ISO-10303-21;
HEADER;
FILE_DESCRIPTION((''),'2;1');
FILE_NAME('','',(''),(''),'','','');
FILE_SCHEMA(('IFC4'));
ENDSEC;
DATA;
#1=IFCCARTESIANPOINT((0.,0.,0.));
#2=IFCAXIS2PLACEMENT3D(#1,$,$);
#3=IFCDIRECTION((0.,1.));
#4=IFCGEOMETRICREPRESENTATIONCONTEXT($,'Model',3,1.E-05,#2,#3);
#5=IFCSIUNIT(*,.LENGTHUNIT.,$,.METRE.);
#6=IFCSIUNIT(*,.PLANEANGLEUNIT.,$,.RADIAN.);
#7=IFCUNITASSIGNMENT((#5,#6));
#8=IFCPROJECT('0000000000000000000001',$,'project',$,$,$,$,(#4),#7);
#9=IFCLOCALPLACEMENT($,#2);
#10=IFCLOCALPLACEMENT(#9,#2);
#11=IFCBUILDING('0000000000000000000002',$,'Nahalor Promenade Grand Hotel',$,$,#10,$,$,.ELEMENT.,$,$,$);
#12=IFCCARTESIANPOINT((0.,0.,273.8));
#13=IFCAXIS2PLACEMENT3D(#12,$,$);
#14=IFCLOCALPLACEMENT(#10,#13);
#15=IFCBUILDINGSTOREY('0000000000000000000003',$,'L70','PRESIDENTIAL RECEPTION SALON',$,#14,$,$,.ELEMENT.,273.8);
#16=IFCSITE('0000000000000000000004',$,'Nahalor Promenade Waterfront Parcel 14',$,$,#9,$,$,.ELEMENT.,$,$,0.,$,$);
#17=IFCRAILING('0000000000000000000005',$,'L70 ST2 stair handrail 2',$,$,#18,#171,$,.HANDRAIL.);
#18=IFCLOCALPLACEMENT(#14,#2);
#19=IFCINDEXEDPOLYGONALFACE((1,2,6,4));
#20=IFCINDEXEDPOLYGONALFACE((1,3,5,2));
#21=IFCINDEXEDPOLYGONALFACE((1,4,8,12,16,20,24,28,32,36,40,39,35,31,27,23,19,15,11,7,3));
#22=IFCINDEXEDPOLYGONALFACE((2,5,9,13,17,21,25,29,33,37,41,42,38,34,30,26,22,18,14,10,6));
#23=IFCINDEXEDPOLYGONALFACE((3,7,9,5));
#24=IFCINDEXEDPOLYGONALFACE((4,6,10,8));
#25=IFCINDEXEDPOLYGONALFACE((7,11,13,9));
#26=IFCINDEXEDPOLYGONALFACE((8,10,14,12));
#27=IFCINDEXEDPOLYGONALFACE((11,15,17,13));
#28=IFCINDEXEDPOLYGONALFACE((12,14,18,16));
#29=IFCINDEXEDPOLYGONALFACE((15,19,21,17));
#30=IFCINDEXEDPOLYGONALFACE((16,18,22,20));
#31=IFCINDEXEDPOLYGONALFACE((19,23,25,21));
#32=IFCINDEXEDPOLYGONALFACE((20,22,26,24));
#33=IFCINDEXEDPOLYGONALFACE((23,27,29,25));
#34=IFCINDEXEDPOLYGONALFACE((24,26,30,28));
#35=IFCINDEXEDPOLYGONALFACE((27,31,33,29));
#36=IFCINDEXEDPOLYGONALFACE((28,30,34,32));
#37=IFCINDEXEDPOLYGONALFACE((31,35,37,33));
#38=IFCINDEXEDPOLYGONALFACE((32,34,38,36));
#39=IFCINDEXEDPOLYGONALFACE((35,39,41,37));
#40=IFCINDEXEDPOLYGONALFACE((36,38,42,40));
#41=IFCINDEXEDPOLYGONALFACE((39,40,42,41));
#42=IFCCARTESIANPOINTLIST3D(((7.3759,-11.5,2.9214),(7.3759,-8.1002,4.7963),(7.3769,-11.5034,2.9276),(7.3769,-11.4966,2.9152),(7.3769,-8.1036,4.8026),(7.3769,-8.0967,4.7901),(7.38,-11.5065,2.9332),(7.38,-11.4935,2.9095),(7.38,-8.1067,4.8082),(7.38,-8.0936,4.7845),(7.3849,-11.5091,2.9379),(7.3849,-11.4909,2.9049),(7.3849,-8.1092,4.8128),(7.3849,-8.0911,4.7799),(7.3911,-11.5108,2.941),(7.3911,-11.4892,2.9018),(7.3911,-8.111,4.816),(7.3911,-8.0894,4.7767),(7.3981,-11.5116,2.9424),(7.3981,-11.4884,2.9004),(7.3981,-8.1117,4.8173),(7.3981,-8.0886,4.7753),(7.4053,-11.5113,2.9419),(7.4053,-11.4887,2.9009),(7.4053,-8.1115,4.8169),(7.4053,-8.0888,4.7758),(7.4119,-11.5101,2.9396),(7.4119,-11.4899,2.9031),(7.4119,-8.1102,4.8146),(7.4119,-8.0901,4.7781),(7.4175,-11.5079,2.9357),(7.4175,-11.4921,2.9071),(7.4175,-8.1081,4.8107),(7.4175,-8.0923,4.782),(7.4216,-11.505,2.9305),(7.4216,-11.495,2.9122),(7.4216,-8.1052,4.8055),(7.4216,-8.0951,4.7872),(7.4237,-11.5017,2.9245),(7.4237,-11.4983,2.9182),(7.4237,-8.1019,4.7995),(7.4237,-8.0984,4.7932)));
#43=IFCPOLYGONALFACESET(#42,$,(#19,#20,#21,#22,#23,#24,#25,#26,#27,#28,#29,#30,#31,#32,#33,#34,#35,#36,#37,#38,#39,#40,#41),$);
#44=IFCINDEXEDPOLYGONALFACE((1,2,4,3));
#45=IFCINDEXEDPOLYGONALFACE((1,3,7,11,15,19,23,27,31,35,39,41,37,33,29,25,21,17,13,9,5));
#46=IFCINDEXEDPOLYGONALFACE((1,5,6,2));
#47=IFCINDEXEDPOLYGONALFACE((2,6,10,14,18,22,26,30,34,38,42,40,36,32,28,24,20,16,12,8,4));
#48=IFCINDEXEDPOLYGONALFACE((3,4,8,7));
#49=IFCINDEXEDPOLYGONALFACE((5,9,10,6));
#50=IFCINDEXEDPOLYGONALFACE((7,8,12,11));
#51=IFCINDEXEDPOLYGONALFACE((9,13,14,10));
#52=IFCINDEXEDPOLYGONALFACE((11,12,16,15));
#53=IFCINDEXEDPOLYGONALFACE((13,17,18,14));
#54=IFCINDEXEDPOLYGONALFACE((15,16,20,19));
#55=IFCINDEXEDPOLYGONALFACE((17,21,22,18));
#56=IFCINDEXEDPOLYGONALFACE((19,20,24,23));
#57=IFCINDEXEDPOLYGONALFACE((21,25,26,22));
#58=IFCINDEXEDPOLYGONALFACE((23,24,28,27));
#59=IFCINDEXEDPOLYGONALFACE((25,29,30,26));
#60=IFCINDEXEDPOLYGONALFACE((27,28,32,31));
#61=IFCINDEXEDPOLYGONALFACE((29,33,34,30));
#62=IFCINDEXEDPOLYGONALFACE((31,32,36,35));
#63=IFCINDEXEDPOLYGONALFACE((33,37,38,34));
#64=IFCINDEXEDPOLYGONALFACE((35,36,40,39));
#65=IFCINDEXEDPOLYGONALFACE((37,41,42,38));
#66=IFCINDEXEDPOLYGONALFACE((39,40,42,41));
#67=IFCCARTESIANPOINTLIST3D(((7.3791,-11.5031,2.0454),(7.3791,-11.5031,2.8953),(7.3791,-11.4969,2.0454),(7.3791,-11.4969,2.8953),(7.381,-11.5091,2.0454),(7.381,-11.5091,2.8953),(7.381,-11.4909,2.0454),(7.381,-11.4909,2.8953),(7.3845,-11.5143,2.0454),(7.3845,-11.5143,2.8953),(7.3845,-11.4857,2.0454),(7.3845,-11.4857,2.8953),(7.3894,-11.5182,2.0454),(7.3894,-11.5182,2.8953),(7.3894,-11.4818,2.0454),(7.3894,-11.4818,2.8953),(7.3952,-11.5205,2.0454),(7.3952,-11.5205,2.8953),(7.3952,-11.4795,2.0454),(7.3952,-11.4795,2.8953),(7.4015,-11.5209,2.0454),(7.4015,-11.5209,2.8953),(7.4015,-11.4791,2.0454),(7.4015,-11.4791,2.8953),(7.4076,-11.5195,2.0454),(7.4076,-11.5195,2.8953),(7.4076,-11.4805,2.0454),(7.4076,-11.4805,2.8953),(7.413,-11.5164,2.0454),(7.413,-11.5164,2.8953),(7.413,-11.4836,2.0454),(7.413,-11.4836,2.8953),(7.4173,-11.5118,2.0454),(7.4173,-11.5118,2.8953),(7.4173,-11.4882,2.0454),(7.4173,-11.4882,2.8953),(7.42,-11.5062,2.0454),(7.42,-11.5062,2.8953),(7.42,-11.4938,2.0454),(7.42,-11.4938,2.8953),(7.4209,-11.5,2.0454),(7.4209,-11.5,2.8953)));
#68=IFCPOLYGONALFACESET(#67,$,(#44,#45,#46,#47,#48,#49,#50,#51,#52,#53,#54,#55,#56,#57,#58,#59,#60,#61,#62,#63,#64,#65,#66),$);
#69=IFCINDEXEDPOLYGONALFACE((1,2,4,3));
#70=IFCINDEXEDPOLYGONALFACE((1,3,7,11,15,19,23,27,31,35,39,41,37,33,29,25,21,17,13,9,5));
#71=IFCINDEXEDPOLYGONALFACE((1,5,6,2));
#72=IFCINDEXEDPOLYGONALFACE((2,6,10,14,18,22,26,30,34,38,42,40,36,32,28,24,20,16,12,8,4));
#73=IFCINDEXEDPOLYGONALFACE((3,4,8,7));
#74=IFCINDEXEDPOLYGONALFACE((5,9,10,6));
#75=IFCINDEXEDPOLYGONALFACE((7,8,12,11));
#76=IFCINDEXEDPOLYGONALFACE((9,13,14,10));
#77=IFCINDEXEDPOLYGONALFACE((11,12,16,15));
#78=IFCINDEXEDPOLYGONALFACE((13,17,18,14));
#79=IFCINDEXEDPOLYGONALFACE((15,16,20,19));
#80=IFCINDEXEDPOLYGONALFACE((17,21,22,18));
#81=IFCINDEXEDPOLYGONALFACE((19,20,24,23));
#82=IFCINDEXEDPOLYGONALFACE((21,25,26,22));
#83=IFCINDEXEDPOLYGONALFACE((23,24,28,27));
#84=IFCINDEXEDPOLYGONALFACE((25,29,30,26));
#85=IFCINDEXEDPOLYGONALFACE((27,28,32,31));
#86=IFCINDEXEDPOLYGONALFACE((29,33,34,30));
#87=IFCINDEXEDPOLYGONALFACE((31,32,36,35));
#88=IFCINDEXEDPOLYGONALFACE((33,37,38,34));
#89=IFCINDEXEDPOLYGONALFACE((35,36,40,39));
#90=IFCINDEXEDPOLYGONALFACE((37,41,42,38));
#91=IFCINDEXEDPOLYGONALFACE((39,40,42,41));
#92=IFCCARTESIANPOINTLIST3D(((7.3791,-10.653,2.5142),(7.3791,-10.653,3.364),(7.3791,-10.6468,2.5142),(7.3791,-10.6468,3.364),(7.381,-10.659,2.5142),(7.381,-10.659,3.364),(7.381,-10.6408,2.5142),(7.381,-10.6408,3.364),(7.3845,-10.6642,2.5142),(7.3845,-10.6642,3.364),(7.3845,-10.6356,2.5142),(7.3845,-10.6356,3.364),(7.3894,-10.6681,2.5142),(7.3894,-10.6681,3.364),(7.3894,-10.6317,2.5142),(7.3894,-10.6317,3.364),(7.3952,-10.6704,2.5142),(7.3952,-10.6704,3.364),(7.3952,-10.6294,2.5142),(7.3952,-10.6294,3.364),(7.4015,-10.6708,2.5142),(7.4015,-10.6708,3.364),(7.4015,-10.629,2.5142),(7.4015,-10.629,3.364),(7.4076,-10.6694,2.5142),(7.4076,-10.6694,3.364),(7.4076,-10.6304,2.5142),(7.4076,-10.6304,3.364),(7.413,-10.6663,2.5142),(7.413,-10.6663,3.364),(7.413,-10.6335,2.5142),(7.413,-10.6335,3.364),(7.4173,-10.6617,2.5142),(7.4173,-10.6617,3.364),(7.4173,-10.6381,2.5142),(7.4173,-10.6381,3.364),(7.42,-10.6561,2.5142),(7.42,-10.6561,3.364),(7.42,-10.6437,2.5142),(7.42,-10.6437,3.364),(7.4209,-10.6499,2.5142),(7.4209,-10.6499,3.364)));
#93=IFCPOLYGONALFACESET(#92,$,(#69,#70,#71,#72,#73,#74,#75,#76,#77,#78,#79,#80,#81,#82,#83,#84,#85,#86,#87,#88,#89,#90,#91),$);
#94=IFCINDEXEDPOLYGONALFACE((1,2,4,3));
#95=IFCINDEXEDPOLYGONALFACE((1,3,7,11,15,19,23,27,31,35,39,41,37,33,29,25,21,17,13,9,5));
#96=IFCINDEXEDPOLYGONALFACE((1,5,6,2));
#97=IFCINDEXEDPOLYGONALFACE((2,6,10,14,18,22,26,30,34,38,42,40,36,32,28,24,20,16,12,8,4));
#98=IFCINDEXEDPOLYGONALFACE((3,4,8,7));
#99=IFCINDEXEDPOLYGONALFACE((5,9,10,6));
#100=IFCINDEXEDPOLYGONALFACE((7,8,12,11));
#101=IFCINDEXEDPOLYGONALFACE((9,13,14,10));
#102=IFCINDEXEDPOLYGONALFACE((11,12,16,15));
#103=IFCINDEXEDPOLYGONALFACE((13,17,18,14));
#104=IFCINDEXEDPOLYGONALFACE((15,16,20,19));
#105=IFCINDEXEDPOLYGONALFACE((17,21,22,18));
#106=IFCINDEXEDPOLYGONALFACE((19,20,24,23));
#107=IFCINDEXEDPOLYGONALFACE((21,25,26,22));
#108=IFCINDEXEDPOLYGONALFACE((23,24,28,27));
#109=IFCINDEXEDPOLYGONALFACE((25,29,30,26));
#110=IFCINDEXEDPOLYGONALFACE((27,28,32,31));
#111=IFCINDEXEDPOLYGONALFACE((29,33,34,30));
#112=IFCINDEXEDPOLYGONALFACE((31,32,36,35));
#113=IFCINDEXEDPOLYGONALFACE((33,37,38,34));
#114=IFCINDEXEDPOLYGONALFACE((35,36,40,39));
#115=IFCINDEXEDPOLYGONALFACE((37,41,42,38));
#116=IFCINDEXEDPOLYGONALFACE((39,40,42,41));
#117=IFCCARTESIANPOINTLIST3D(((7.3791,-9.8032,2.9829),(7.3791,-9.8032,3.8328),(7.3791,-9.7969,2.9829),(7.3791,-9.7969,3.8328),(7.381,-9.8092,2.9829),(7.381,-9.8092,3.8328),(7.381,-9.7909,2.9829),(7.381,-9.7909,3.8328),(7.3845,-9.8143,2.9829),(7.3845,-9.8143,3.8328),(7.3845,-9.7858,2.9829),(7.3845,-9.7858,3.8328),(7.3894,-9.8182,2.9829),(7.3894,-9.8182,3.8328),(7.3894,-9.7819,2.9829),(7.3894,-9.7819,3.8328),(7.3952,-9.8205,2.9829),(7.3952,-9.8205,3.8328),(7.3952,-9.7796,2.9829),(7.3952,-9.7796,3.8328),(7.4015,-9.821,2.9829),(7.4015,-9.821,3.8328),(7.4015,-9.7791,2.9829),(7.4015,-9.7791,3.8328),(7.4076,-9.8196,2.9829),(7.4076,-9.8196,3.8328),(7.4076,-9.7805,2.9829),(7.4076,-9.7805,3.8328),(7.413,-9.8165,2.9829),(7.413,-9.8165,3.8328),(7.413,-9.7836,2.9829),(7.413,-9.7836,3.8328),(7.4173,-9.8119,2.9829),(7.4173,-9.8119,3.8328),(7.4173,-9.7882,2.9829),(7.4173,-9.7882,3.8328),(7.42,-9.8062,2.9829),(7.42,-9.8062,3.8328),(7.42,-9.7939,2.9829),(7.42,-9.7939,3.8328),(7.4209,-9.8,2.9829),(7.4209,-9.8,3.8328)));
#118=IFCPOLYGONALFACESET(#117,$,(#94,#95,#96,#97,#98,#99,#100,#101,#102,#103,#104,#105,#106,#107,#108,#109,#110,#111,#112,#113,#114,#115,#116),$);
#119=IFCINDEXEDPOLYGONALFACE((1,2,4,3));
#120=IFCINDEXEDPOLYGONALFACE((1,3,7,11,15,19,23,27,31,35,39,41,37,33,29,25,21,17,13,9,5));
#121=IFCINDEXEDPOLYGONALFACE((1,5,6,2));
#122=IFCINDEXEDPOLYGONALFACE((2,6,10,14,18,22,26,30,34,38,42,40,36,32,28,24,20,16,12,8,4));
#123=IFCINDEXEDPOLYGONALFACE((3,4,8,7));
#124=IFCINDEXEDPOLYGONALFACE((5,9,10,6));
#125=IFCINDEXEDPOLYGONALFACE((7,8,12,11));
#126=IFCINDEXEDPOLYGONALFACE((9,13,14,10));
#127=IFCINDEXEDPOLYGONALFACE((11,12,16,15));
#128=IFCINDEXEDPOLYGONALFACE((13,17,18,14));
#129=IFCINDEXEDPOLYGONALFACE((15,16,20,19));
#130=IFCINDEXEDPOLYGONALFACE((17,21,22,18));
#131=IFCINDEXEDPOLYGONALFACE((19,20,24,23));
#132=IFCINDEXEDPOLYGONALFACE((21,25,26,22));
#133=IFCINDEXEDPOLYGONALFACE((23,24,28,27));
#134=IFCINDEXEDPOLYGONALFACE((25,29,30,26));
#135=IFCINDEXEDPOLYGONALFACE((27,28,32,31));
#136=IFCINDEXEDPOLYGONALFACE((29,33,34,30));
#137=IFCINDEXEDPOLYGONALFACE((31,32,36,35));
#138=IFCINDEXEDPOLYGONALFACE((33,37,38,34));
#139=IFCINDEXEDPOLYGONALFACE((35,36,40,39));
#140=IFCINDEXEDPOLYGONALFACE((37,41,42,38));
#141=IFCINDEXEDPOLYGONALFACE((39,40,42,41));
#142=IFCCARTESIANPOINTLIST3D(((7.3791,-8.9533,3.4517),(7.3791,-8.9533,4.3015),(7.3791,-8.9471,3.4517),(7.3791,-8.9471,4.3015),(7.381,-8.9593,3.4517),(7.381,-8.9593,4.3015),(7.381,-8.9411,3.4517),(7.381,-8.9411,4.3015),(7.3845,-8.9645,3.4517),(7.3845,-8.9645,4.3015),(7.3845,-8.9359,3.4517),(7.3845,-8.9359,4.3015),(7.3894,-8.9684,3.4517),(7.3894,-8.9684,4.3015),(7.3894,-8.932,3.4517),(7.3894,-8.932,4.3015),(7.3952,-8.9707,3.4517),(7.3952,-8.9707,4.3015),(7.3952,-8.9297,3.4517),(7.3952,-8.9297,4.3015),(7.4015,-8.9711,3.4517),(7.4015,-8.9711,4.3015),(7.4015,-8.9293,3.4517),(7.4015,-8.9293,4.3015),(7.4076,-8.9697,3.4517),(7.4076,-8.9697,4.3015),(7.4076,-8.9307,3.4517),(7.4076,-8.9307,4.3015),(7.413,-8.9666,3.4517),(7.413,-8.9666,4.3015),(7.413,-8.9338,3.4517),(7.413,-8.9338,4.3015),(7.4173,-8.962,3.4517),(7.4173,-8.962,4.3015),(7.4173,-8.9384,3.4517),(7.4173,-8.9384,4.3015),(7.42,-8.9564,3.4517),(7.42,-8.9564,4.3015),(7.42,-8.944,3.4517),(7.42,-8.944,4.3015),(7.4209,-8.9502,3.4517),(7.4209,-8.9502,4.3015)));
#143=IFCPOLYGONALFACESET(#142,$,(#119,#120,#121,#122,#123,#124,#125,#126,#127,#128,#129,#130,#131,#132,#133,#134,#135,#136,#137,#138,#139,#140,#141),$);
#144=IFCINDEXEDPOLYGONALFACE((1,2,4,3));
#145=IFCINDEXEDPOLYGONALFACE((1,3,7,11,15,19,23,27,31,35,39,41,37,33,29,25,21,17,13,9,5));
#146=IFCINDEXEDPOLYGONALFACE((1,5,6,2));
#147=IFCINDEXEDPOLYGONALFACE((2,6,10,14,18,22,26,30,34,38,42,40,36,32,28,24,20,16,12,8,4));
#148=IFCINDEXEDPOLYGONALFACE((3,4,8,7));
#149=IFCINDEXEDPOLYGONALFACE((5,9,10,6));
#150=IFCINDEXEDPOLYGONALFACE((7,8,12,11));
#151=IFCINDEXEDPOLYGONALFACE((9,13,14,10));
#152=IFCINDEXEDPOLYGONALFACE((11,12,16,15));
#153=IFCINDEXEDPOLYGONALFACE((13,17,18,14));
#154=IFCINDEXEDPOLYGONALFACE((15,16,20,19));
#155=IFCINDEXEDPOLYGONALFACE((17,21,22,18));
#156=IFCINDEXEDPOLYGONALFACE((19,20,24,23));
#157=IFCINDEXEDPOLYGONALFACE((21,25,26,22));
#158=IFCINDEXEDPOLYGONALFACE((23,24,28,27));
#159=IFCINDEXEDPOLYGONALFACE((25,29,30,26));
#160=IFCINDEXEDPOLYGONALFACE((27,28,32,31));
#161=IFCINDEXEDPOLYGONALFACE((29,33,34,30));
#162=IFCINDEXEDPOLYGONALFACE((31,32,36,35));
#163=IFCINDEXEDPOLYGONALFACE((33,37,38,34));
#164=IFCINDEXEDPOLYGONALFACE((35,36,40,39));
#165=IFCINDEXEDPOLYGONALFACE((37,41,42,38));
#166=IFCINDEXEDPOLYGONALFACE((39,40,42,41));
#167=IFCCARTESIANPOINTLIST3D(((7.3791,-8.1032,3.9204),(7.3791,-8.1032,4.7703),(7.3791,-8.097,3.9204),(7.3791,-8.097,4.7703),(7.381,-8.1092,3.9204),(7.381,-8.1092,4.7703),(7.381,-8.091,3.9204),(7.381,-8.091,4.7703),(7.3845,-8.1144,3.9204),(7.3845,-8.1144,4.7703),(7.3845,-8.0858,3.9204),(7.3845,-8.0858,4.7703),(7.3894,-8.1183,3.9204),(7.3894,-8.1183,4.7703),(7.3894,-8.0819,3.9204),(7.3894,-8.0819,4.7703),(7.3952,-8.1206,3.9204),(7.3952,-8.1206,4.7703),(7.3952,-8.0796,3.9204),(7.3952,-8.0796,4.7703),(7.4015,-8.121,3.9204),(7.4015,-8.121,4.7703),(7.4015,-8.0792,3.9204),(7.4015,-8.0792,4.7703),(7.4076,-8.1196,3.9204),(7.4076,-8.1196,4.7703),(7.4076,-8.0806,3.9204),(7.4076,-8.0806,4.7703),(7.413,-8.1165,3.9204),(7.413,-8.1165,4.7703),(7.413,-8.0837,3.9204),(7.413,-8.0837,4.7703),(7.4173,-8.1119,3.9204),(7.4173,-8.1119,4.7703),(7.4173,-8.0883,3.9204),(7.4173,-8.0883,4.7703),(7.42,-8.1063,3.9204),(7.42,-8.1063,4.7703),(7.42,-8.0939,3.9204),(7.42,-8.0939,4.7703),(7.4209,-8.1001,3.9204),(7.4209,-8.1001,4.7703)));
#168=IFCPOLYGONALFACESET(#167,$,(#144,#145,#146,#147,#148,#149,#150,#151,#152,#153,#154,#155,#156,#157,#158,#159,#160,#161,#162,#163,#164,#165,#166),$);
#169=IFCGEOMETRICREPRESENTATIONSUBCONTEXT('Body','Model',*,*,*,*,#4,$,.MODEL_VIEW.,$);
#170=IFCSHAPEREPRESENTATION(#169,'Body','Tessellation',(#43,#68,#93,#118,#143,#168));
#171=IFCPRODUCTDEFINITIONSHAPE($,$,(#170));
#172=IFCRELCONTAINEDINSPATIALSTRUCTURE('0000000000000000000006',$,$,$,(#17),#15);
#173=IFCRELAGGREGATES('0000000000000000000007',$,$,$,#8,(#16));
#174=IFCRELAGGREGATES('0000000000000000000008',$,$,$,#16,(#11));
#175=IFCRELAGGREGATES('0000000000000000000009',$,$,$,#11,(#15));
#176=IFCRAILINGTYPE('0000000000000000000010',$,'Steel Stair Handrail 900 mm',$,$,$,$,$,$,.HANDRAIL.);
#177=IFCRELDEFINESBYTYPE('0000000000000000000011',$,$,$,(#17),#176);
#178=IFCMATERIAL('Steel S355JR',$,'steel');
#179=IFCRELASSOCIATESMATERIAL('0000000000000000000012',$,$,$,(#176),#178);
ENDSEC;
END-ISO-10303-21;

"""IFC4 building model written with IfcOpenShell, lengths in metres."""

from ifc_helpers import new_model, si_unit, direction, frame, origin, origin_2d, place, context, subcontext, project, spatial, circle, extrude, material, type_object, element, save


model = new_model("IFC4")

# Units and contexts
model_context = context("Model", 3, precision=1e-05, world=origin(), true_north=direction((0.0, 1.0)))
body_context = subcontext(model_context, "Body", "Model", "MODEL_VIEW")
ifc_project = project(units=[si_unit("LENGTHUNIT", "METRE"), si_unit("PLANEANGLEUNIT", "RADIAN")], contexts=[model_context])

# Site, building, storey
site_placement = place(None, origin())
site = spatial("IfcSite", under=ifc_project, at=site_placement, Name="Nahalor Promenade Waterfront Parcel 14", CompositionType="ELEMENT", RefElevation=0.0)
building_placement = place(site_placement, origin())
building = spatial("IfcBuilding", under=site, at=building_placement, Name="Nahalor Promenade Grand Hotel", CompositionType="ELEMENT")
storey_placement = place(building_placement, frame((0.0, 0.0, 273.8)))
storey = spatial("IfcBuildingStorey", under=building, at=storey_placement, Name="L70", Description="PRESIDENTIAL RECEPTION SALON", CompositionType="ELEMENT", Elevation=273.8)

# Shared definitions
ifc_material_1 = material(Name="Steel S355JR", Category="steel")

# Railing
railing_type_1 = type_object("IfcRailingType", Name="Steel Stair Handrail 900 mm", PredefinedType="HANDRAIL", material=ifc_material_1)
railing_1_placement = place(storey_placement, frame((7.3999, -11.5, 2.0454)))
element("IfcRailing", 1, at=railing_1_placement, inside=storey, type_object=railing_type_1, Name="L70 ST2 stair handrail 2", PredefinedType="HANDRAIL", context=body_context, shape_type="SweptSolid", body=[
    extrude(circle(Radius=0.024, at=origin_2d()), frame((0.0, 0.0, 0.876), z_axis=(0.0, 0.875666, 0.482918), x_axis=(-1.0, 0.0, 0.0)), (0.0, 0.0, 1.0), 3.8826),
    extrude(circle(Radius=0.021, at=origin_2d()), origin(), (0.0, 0.0, 1.0), 0.8499),
    extrude(circle(Radius=0.021, at=origin_2d()), frame((0.0, 0.8501, 0.4688)), (0.0, 0.0, 1.0), 0.8499),
    extrude(circle(Radius=0.021, at=origin_2d()), frame((0.0, 1.7, 0.9375)), (0.0, 0.0, 1.0), 0.8499),
    extrude(circle(Radius=0.021, at=origin_2d()), frame((0.0, 2.5498, 1.4062)), (0.0, 0.0, 1.0), 0.8499),
    extrude(circle(Radius=0.021, at=origin_2d()), frame((0.0, 3.3999, 1.875)), (0.0, 0.0, 1.0), 0.8499),
])

save(model, "model.ifc")
